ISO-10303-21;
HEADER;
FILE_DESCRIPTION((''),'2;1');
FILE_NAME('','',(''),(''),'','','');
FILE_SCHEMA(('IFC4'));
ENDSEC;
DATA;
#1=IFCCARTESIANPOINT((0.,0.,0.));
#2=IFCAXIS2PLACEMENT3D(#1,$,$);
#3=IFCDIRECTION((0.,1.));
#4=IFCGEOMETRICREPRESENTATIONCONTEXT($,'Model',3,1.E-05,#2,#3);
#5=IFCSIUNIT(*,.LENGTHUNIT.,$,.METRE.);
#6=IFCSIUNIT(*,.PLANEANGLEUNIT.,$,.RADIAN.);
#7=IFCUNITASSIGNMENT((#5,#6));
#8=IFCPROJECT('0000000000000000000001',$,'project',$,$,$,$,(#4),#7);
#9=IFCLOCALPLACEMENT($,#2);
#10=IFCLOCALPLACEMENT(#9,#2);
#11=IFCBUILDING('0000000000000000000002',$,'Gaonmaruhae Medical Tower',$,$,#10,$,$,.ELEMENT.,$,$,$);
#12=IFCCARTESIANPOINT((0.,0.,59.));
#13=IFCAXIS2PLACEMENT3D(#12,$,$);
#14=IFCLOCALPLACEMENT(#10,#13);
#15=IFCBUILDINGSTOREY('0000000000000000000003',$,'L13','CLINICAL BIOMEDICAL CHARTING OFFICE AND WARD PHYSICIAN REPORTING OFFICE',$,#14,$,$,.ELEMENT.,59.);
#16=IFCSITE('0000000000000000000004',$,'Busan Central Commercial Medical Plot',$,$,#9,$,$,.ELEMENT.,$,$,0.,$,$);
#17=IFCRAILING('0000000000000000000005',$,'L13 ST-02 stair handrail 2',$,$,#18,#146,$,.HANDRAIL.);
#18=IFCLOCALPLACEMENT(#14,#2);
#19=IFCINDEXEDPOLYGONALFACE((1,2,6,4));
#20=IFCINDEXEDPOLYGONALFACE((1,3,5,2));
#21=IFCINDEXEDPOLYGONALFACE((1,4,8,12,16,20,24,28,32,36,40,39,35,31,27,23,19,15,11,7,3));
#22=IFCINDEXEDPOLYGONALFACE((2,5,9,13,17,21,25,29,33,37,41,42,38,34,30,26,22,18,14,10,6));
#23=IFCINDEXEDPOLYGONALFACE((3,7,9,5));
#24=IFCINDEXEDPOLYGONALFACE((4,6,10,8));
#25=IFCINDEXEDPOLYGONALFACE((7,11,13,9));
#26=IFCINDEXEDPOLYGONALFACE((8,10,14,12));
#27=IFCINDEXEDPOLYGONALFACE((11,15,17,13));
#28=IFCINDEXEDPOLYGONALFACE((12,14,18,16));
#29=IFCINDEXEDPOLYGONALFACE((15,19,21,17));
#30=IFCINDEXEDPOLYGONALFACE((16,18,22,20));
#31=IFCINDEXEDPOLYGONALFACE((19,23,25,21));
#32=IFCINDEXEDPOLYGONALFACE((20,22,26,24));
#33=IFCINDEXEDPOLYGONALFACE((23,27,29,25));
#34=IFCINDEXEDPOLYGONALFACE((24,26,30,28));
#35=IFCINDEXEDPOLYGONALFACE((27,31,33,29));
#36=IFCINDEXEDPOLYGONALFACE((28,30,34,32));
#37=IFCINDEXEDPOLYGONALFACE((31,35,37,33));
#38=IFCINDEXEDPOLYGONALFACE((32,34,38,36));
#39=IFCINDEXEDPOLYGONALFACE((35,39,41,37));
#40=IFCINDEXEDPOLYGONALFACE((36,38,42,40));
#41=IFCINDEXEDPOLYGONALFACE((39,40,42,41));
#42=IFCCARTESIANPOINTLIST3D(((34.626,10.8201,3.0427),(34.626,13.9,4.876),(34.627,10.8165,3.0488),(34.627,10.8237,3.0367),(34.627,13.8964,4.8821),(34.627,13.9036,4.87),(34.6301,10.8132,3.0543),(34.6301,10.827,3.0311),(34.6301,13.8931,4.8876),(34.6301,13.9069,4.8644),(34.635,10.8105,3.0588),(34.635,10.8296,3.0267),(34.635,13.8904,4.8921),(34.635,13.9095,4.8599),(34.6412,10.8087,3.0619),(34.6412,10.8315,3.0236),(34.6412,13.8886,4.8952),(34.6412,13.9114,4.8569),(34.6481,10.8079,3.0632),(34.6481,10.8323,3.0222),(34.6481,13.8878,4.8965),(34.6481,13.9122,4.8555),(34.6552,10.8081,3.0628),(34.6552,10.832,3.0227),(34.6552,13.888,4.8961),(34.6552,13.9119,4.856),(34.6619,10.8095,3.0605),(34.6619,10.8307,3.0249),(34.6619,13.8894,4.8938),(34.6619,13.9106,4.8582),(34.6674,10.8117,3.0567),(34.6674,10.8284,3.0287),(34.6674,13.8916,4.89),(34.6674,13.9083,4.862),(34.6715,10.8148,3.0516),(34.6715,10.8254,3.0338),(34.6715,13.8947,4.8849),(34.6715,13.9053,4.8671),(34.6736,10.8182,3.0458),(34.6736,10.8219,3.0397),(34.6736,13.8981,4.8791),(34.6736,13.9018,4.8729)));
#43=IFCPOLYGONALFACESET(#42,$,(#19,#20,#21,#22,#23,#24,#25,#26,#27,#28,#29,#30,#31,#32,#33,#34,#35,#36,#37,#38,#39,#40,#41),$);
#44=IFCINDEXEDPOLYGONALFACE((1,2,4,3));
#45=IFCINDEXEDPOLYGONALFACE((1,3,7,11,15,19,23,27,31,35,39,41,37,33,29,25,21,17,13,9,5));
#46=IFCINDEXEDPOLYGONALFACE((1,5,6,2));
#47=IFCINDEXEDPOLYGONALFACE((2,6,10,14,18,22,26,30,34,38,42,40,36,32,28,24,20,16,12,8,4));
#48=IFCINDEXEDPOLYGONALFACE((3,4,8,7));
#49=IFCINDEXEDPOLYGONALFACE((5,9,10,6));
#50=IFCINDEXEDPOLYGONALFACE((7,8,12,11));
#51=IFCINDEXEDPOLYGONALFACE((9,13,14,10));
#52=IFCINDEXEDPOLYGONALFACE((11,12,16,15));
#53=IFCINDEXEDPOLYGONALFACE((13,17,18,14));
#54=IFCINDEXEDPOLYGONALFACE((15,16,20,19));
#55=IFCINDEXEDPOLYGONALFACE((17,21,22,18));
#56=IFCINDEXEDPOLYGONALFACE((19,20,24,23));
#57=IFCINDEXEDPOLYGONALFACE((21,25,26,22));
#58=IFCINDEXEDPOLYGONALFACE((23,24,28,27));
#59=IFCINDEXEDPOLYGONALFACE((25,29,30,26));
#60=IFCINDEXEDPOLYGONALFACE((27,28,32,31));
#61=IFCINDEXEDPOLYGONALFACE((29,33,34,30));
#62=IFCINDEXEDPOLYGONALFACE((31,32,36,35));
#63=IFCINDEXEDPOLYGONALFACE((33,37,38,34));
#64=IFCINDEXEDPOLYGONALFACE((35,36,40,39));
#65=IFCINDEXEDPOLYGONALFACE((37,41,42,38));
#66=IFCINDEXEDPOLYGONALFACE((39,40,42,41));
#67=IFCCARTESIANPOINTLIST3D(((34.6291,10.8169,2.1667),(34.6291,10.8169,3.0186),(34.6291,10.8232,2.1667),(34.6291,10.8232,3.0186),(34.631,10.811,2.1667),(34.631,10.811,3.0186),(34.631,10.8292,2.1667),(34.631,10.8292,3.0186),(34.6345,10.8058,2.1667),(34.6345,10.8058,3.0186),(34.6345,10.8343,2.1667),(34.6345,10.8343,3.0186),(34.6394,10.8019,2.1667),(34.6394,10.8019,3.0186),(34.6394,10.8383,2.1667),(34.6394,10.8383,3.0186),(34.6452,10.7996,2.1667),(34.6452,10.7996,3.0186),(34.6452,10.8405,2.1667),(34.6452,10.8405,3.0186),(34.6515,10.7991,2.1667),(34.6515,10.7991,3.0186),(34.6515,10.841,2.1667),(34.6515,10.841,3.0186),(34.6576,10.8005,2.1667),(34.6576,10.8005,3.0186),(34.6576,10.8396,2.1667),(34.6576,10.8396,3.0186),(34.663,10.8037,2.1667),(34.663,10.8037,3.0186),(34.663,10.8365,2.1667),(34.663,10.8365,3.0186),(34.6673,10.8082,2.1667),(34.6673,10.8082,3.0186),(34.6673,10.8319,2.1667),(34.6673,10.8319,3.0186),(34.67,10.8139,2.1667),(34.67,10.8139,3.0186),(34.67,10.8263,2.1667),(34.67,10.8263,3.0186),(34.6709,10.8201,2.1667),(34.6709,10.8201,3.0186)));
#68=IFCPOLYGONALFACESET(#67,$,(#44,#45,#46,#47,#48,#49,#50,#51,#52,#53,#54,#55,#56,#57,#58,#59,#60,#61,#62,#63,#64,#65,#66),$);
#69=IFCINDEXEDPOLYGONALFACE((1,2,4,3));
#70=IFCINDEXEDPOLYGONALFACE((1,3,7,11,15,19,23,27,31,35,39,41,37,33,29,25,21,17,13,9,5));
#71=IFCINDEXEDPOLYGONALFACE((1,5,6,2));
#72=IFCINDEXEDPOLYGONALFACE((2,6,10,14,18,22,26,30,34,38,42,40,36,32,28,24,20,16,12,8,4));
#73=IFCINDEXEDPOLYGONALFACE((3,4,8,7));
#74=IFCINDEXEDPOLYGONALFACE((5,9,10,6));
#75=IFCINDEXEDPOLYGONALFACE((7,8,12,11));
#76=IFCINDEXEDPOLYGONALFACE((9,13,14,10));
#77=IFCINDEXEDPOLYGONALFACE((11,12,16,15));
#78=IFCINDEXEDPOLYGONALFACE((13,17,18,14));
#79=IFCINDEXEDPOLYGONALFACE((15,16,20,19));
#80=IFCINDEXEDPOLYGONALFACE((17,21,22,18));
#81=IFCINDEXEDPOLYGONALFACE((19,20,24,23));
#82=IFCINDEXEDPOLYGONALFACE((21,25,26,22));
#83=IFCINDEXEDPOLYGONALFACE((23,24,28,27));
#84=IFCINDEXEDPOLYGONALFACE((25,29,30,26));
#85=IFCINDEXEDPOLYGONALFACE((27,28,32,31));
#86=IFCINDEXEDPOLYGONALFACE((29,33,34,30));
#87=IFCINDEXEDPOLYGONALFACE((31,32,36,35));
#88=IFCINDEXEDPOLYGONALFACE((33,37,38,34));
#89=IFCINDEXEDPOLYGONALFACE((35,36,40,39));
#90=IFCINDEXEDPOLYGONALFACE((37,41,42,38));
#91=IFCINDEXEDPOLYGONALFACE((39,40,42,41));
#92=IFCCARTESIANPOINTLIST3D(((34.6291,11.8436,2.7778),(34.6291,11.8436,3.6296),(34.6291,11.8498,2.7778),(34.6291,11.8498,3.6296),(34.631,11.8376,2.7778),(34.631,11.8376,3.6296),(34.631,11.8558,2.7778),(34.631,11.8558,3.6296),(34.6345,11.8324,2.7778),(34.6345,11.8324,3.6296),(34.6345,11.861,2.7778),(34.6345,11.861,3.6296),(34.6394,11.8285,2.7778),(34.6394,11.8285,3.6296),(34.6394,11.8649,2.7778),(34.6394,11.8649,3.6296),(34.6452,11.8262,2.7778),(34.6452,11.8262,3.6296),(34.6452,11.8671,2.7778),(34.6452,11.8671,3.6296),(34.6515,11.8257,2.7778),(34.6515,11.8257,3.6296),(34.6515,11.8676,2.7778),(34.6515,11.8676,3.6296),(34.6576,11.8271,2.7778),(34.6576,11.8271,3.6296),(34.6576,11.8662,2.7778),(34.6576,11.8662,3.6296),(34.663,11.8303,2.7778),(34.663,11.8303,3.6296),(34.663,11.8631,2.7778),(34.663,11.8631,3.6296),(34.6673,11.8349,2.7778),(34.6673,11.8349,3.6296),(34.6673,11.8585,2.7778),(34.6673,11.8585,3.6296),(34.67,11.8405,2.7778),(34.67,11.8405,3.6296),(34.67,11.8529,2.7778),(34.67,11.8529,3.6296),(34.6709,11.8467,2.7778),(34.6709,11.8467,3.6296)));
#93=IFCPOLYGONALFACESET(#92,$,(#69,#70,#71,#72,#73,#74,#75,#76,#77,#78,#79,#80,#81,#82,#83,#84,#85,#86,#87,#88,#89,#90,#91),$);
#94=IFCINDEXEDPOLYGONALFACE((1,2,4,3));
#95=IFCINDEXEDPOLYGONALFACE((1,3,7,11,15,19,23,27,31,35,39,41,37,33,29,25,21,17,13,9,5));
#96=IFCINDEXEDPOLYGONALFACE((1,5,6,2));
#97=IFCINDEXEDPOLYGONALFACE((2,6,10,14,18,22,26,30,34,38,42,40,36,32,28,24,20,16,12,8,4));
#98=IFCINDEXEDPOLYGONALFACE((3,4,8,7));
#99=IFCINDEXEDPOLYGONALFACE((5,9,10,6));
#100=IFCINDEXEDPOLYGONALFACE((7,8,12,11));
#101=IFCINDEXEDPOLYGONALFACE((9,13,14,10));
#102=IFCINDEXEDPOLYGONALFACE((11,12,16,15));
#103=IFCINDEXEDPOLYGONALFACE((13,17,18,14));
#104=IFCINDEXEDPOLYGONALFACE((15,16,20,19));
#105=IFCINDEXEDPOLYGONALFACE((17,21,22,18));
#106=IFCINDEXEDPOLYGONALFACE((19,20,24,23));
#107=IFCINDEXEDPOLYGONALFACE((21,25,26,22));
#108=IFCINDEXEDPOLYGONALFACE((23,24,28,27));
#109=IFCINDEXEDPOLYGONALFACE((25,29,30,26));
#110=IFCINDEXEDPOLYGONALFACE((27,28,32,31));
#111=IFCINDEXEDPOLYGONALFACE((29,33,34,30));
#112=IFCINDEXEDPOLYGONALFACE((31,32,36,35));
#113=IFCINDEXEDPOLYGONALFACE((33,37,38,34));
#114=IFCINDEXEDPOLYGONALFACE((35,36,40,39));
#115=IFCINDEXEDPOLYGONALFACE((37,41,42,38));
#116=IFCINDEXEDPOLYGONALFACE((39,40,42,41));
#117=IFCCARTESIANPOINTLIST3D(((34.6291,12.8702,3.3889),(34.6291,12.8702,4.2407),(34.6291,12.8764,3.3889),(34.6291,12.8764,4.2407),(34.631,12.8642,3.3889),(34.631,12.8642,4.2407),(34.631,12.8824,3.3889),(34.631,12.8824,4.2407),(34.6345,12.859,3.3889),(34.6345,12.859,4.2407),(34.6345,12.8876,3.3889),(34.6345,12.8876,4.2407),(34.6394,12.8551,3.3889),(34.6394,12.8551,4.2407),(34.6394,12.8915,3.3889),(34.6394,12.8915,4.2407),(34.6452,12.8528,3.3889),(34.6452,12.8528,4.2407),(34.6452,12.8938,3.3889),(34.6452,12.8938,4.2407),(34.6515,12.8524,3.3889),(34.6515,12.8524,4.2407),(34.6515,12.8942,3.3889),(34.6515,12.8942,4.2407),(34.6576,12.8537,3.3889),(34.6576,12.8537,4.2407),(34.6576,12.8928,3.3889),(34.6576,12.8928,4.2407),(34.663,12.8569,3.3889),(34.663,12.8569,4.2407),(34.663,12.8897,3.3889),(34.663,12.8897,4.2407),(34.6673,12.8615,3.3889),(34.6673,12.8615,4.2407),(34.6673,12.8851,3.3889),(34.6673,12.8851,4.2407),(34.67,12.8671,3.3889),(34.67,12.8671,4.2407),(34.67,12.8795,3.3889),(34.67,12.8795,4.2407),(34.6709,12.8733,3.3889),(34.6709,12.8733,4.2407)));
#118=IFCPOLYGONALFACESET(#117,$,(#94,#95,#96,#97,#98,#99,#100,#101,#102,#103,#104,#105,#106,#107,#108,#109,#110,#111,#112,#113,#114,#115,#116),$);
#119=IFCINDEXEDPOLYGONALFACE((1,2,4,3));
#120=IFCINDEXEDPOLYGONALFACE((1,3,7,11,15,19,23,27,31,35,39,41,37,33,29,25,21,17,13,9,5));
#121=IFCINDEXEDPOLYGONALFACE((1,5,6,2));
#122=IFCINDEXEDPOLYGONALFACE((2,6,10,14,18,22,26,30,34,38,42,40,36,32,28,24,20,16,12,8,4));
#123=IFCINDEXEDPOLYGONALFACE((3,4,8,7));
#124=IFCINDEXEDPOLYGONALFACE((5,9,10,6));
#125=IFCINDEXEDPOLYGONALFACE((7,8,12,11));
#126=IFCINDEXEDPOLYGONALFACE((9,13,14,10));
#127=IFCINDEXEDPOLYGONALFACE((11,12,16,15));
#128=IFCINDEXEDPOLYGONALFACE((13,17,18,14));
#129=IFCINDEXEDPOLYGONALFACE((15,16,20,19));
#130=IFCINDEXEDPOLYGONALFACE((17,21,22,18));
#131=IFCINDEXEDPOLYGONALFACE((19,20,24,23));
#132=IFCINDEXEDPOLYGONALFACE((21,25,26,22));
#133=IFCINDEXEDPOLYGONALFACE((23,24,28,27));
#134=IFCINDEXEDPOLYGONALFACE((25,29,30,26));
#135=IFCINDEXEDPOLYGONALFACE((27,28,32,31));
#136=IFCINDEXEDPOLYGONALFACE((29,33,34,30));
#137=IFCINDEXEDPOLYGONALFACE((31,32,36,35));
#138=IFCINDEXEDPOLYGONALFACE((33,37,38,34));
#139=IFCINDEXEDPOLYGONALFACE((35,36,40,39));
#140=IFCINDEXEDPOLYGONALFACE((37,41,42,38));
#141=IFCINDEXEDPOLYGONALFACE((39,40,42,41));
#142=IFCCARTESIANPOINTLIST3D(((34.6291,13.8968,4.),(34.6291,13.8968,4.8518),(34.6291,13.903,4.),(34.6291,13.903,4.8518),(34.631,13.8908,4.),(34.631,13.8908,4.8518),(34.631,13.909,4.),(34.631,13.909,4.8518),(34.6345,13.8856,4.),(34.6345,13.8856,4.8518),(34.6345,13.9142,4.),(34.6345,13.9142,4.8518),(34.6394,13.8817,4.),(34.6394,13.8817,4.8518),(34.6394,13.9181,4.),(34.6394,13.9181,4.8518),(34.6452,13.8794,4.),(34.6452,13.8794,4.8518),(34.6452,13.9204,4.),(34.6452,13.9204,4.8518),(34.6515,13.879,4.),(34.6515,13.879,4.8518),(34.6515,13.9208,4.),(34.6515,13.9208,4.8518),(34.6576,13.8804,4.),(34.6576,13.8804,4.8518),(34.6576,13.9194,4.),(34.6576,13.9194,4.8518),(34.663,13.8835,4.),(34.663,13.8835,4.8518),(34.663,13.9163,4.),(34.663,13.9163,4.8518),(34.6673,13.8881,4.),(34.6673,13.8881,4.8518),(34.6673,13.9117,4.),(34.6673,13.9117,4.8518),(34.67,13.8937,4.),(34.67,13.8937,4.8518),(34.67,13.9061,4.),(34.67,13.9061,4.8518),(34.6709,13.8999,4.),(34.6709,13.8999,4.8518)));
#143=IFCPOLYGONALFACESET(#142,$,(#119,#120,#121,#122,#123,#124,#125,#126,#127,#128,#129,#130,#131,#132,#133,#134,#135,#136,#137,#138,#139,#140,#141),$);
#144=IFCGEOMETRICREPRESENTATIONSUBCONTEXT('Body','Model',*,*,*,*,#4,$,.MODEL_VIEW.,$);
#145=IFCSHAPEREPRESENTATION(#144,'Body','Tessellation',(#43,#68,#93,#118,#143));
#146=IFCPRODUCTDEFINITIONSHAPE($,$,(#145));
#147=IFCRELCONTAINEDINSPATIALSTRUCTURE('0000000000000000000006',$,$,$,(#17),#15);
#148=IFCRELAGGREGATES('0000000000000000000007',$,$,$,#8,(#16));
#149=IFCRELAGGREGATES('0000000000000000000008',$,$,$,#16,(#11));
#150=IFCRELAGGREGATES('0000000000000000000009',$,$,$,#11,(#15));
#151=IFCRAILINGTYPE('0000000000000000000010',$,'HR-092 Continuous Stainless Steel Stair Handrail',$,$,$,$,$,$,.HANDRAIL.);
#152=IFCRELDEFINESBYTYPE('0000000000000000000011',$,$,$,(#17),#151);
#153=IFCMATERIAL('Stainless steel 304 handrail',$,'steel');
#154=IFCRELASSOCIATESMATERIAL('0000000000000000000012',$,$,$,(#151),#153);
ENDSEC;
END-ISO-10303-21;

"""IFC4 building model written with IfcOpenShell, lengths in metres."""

from ifc_helpers import new_model, si_unit, direction, frame, origin, origin_2d, place, context, subcontext, project, spatial, circle, extrude, material, type_object, element, save


model = new_model("IFC4")

# Units and contexts
model_context = context("Model", 3, precision=1e-05, world=origin(), true_north=direction((0.0, 1.0)))
body_context = subcontext(model_context, "Body", "Model", "MODEL_VIEW")
ifc_project = project(units=[si_unit("LENGTHUNIT", "METRE"), si_unit("PLANEANGLEUNIT", "RADIAN")], contexts=[model_context])

# Site, building, storey
site_placement = place(None, origin())
site = spatial("IfcSite", under=ifc_project, at=site_placement, Name="Busan Central Commercial Medical Plot", CompositionType="ELEMENT", RefElevation=0.0)
building_placement = place(site_placement, origin())
building = spatial("IfcBuilding", under=site, at=building_placement, Name="Gaonmaruhae Medical Tower", CompositionType="ELEMENT")
storey_placement = place(building_placement, frame((0.0, 0.0, 59.0)))
storey = spatial("IfcBuildingStorey", under=building, at=storey_placement, Name="L13", Description="CLINICAL BIOMEDICAL CHARTING OFFICE AND WARD PHYSICIAN REPORTING OFFICE", CompositionType="ELEMENT", Elevation=59.0)

# Railing
ifc_material_1 = material(Name="Stainless steel 304 handrail", Category="steel")
railing_type_1 = type_object("IfcRailingType", Name="HR-092 Continuous Stainless Steel Stair Handrail", PredefinedType="HANDRAIL", material=ifc_material_1)
railing_1_placement = place(storey_placement, frame((34.6499, 10.8201, 2.1667)))
element("IfcRailing", 1, at=railing_1_placement, inside=storey, type_object=railing_type_1, Name="L13 ST-02 stair handrail 2", PredefinedType="HANDRAIL", context=body_context, shape_type="SweptSolid", body=[
    extrude(circle(Radius=0.0239, at=origin_2d()), frame((0.0, 0.0, 0.876), z_axis=(0.0, 0.859291, 0.511487), x_axis=(-1.0, 0.0, 0.0)), (0.0, 0.0, 1.0), 3.5842),
    extrude(circle(Radius=0.021, at=origin_2d()), origin(), (0.0, 0.0, 1.0), 0.8518),
    extrude(circle(Radius=0.021, at=origin_2d()), frame((0.0, 1.0266, 0.6111)), (0.0, 0.0, 1.0), 0.8518),
    extrude(circle(Radius=0.021, at=origin_2d()), frame((0.0, 2.0532, 1.2222)), (0.0, 0.0, 1.0), 0.8518),
    extrude(circle(Radius=0.021, at=origin_2d()), frame((0.0, 3.0798, 1.8333)), (0.0, 0.0, 1.0), 0.8518),
])

save(model, "model.ifc")
